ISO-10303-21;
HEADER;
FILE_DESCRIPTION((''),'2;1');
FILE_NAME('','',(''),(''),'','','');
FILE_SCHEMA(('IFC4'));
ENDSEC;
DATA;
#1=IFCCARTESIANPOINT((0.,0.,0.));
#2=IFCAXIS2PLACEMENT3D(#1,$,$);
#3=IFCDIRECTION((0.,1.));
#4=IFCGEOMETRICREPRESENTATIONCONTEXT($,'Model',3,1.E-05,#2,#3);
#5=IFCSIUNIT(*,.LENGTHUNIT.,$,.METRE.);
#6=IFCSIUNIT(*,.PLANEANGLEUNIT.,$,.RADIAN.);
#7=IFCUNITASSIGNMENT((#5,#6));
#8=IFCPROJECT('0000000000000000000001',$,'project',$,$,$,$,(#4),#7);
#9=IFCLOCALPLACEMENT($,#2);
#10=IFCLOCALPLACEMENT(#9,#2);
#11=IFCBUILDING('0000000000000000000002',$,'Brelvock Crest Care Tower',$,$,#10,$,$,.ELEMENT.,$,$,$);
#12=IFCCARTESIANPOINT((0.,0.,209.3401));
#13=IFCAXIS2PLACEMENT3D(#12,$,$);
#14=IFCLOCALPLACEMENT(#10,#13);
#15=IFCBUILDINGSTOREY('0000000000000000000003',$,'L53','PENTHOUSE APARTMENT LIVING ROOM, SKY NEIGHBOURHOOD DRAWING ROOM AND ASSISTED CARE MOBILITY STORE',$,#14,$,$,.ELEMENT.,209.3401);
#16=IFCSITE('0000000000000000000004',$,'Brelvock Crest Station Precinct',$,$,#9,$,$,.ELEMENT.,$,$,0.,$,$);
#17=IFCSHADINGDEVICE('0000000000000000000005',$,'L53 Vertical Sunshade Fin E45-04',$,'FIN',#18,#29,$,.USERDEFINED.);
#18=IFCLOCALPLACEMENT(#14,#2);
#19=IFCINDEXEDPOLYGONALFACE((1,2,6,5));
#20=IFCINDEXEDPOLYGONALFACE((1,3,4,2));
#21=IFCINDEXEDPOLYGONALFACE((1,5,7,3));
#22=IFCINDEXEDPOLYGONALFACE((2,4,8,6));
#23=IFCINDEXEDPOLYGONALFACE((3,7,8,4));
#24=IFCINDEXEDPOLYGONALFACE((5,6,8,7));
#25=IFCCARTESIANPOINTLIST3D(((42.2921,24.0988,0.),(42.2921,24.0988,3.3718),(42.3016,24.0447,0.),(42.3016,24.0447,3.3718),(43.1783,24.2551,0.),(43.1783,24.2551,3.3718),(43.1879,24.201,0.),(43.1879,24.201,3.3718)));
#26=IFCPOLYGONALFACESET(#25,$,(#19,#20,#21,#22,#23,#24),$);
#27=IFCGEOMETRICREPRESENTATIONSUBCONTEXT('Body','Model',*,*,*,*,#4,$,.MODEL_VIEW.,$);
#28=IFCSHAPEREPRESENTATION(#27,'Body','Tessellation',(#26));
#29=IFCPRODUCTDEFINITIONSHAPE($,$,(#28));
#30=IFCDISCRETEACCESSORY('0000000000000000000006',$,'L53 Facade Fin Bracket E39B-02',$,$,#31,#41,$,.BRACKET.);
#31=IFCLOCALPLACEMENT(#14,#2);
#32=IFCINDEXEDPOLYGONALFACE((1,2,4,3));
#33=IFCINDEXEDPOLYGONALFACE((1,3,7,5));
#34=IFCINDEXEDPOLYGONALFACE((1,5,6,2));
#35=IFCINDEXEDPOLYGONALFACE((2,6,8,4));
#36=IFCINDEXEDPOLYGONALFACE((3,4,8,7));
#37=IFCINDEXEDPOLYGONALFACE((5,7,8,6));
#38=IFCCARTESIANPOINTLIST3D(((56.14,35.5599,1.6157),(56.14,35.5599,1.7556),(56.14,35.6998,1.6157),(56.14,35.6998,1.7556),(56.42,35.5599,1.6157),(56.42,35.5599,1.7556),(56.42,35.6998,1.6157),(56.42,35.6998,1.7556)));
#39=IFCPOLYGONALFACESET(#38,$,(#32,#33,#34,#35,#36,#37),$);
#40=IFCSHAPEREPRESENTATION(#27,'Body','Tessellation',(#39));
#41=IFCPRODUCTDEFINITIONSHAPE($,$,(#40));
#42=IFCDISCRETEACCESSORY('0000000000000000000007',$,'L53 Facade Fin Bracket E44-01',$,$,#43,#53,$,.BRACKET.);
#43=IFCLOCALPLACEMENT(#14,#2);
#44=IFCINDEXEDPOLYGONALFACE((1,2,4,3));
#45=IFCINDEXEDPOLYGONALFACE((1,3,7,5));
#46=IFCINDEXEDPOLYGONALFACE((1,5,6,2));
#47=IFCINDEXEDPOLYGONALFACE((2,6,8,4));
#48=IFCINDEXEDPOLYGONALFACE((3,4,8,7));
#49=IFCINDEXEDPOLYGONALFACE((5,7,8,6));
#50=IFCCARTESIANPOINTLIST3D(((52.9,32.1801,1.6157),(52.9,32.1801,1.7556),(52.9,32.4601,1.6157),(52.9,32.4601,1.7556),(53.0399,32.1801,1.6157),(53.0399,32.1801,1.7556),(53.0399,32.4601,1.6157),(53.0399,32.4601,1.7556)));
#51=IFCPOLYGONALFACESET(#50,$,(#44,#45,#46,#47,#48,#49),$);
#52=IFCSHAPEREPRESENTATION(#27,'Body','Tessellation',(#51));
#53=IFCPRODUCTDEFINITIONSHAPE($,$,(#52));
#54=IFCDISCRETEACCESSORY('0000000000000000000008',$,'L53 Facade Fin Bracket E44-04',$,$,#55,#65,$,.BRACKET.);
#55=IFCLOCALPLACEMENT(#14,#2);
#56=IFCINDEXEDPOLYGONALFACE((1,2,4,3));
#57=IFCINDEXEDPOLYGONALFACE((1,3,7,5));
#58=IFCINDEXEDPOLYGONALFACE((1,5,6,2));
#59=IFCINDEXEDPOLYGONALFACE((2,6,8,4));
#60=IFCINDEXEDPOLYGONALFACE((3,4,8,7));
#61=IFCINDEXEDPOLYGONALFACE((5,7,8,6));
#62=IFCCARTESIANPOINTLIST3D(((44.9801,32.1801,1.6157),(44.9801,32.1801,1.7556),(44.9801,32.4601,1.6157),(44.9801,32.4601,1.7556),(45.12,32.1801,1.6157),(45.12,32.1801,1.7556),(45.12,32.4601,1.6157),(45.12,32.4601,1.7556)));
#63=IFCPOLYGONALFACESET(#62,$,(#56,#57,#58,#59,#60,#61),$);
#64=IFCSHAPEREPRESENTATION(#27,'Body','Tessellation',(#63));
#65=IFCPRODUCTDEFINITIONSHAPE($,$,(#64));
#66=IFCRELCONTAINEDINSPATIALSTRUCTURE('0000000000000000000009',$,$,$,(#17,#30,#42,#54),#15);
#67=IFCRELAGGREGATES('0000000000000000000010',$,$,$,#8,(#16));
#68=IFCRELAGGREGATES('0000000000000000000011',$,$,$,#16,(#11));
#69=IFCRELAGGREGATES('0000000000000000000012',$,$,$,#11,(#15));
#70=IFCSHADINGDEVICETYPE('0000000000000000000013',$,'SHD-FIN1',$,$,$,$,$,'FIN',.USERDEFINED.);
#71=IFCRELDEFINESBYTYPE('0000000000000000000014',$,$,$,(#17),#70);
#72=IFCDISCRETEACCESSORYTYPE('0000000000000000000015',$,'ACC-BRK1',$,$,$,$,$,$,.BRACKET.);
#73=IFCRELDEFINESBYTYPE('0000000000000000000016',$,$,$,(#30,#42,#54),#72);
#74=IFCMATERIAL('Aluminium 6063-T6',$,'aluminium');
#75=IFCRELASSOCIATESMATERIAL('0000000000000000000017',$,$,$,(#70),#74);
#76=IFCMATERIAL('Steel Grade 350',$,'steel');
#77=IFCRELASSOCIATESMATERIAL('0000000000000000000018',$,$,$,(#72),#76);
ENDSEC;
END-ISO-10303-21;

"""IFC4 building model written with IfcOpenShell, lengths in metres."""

from ifc_helpers import new_model, si_unit, direction, frame, origin, origin_2d, place, context, subcontext, project, spatial, rectangle, extrude, source, transform, mapped, material, material_profile, profile_set, type_object, element, save


model = new_model("IFC4")

# Units and contexts
model_context = context("Model", 3, precision=1e-05, world=origin(), true_north=direction((0.0, 1.0)))
body_context = subcontext(model_context, "Body", "Model", "MODEL_VIEW")
ifc_project = project(units=[si_unit("LENGTHUNIT", "METRE"), si_unit("PLANEANGLEUNIT", "RADIAN")], contexts=[model_context])

# Site, building, storey
site_placement = place(None, origin())
site = spatial("IfcSite", under=ifc_project, at=site_placement, Name="Brelvock Crest Station Precinct", CompositionType="ELEMENT", RefElevation=0.0)
building_placement = place(site_placement, origin())
building = spatial("IfcBuilding", under=site, at=building_placement, Name="Brelvock Crest Care Tower", CompositionType="ELEMENT")
storey_placement = place(building_placement, frame((0.0, 0.0, 209.3401)))
storey = spatial("IfcBuildingStorey", under=building, at=storey_placement, Name="L53", Description="PENTHOUSE APARTMENT LIVING ROOM, SKY NEIGHBOURHOOD DRAWING ROOM AND ASSISTED CARE MOBILITY STORE", CompositionType="ELEMENT", Elevation=209.3401)

# Shared definitions
ifc_material_1 = material(Name="Steel Grade 350", Category="steel")

# Shared definitions
ifc_material_2 = material(Name="Aluminium 6063-T6", Category="aluminium")

# Shading device
ifc_material_profile_1 = material_profile(ifc_material_2, rectangle(XDim=0.0549, YDim=0.8999, at=origin_2d()), Name="FIN55x900")
ifc_profile_set_1 = profile_set([ifc_material_profile_1], Name="Aluminium 6063-T6")
shading_device_type = type_object("IfcShadingDeviceType", Name="SHD-FIN1", ElementType="FIN", PredefinedType="USERDEFINED", material=ifc_profile_set_1)
shared_shape_1 = source(origin(), body_context, "Body", "SweptSolid", [
    extrude(rectangle(XDim=0.0549, YDim=0.8999, at=origin_2d()), origin(), (0.0, 0.0, 1.0), 3.3718),
])
for number, where, z_axis, x_axis, name in (
    (1, (42.74, 24.1499, 0.0), (0.0, 0.0, 1.0), (0.173648, -0.984808, 0.0), "L53 Vertical Sunshade Fin E45-04"),
):
    element("IfcShadingDevice", number, at=place(storey_placement, frame(where, z_axis=z_axis, x_axis=x_axis)), inside=storey, type_object=shading_device_type, Name=name, ObjectType="FIN", PredefinedType="USERDEFINED", context=body_context, shape_type="MappedRepresentation", body=[
        mapped(shared_shape_1, transform((0.0, 0.0, 0.0), x_axis=(1.0, 0.0, 0.0), y_axis=(0.0, 1.0, 0.0), z_axis=(0.0, 0.0, 1.0), scale=1.0)),
    ])

# Discrete accessories
discrete_accessory_type = type_object("IfcDiscreteAccessoryType", Name="ACC-BRK1", PredefinedType="BRACKET", material=ifc_material_1)
shared_shape_2 = source(origin(), body_context, "Body", "SweptSolid", [
    extrude(rectangle(XDim=0.28, YDim=0.1399, at=origin_2d()), origin(), (0.0, 0.0, 1.0), 0.1399),
])
for number, where, z_axis, x_axis, name in (
    (2, (56.28, 35.6299, 1.6157), (0.0, 0.0, 1.0), (1.0, 0.0, 0.0), "L53 Facade Fin Bracket E39B-02"),
    (3, (52.97, 32.3201, 1.6157), (0.0, 0.0, 1.0), (0.0, -1.0, 0.0), "L53 Facade Fin Bracket E44-01"),
    (4, (45.05, 32.3201, 1.6157), (0.0, 0.0, 1.0), (0.0, -1.0, 0.0), "L53 Facade Fin Bracket E44-04"),
):
    element("IfcDiscreteAccessory", number, at=place(storey_placement, frame(where, z_axis=z_axis, x_axis=x_axis)), inside=storey, type_object=discrete_accessory_type, Name=name, PredefinedType="BRACKET", context=body_context, shape_type="MappedRepresentation", body=[
        mapped(shared_shape_2, transform((0.0, 0.0, 0.0), x_axis=(1.0, 0.0, 0.0), y_axis=(0.0, 1.0, 0.0), z_axis=(0.0, 0.0, 1.0), scale=1.0)),
    ])

save(model, "model.ifc")
